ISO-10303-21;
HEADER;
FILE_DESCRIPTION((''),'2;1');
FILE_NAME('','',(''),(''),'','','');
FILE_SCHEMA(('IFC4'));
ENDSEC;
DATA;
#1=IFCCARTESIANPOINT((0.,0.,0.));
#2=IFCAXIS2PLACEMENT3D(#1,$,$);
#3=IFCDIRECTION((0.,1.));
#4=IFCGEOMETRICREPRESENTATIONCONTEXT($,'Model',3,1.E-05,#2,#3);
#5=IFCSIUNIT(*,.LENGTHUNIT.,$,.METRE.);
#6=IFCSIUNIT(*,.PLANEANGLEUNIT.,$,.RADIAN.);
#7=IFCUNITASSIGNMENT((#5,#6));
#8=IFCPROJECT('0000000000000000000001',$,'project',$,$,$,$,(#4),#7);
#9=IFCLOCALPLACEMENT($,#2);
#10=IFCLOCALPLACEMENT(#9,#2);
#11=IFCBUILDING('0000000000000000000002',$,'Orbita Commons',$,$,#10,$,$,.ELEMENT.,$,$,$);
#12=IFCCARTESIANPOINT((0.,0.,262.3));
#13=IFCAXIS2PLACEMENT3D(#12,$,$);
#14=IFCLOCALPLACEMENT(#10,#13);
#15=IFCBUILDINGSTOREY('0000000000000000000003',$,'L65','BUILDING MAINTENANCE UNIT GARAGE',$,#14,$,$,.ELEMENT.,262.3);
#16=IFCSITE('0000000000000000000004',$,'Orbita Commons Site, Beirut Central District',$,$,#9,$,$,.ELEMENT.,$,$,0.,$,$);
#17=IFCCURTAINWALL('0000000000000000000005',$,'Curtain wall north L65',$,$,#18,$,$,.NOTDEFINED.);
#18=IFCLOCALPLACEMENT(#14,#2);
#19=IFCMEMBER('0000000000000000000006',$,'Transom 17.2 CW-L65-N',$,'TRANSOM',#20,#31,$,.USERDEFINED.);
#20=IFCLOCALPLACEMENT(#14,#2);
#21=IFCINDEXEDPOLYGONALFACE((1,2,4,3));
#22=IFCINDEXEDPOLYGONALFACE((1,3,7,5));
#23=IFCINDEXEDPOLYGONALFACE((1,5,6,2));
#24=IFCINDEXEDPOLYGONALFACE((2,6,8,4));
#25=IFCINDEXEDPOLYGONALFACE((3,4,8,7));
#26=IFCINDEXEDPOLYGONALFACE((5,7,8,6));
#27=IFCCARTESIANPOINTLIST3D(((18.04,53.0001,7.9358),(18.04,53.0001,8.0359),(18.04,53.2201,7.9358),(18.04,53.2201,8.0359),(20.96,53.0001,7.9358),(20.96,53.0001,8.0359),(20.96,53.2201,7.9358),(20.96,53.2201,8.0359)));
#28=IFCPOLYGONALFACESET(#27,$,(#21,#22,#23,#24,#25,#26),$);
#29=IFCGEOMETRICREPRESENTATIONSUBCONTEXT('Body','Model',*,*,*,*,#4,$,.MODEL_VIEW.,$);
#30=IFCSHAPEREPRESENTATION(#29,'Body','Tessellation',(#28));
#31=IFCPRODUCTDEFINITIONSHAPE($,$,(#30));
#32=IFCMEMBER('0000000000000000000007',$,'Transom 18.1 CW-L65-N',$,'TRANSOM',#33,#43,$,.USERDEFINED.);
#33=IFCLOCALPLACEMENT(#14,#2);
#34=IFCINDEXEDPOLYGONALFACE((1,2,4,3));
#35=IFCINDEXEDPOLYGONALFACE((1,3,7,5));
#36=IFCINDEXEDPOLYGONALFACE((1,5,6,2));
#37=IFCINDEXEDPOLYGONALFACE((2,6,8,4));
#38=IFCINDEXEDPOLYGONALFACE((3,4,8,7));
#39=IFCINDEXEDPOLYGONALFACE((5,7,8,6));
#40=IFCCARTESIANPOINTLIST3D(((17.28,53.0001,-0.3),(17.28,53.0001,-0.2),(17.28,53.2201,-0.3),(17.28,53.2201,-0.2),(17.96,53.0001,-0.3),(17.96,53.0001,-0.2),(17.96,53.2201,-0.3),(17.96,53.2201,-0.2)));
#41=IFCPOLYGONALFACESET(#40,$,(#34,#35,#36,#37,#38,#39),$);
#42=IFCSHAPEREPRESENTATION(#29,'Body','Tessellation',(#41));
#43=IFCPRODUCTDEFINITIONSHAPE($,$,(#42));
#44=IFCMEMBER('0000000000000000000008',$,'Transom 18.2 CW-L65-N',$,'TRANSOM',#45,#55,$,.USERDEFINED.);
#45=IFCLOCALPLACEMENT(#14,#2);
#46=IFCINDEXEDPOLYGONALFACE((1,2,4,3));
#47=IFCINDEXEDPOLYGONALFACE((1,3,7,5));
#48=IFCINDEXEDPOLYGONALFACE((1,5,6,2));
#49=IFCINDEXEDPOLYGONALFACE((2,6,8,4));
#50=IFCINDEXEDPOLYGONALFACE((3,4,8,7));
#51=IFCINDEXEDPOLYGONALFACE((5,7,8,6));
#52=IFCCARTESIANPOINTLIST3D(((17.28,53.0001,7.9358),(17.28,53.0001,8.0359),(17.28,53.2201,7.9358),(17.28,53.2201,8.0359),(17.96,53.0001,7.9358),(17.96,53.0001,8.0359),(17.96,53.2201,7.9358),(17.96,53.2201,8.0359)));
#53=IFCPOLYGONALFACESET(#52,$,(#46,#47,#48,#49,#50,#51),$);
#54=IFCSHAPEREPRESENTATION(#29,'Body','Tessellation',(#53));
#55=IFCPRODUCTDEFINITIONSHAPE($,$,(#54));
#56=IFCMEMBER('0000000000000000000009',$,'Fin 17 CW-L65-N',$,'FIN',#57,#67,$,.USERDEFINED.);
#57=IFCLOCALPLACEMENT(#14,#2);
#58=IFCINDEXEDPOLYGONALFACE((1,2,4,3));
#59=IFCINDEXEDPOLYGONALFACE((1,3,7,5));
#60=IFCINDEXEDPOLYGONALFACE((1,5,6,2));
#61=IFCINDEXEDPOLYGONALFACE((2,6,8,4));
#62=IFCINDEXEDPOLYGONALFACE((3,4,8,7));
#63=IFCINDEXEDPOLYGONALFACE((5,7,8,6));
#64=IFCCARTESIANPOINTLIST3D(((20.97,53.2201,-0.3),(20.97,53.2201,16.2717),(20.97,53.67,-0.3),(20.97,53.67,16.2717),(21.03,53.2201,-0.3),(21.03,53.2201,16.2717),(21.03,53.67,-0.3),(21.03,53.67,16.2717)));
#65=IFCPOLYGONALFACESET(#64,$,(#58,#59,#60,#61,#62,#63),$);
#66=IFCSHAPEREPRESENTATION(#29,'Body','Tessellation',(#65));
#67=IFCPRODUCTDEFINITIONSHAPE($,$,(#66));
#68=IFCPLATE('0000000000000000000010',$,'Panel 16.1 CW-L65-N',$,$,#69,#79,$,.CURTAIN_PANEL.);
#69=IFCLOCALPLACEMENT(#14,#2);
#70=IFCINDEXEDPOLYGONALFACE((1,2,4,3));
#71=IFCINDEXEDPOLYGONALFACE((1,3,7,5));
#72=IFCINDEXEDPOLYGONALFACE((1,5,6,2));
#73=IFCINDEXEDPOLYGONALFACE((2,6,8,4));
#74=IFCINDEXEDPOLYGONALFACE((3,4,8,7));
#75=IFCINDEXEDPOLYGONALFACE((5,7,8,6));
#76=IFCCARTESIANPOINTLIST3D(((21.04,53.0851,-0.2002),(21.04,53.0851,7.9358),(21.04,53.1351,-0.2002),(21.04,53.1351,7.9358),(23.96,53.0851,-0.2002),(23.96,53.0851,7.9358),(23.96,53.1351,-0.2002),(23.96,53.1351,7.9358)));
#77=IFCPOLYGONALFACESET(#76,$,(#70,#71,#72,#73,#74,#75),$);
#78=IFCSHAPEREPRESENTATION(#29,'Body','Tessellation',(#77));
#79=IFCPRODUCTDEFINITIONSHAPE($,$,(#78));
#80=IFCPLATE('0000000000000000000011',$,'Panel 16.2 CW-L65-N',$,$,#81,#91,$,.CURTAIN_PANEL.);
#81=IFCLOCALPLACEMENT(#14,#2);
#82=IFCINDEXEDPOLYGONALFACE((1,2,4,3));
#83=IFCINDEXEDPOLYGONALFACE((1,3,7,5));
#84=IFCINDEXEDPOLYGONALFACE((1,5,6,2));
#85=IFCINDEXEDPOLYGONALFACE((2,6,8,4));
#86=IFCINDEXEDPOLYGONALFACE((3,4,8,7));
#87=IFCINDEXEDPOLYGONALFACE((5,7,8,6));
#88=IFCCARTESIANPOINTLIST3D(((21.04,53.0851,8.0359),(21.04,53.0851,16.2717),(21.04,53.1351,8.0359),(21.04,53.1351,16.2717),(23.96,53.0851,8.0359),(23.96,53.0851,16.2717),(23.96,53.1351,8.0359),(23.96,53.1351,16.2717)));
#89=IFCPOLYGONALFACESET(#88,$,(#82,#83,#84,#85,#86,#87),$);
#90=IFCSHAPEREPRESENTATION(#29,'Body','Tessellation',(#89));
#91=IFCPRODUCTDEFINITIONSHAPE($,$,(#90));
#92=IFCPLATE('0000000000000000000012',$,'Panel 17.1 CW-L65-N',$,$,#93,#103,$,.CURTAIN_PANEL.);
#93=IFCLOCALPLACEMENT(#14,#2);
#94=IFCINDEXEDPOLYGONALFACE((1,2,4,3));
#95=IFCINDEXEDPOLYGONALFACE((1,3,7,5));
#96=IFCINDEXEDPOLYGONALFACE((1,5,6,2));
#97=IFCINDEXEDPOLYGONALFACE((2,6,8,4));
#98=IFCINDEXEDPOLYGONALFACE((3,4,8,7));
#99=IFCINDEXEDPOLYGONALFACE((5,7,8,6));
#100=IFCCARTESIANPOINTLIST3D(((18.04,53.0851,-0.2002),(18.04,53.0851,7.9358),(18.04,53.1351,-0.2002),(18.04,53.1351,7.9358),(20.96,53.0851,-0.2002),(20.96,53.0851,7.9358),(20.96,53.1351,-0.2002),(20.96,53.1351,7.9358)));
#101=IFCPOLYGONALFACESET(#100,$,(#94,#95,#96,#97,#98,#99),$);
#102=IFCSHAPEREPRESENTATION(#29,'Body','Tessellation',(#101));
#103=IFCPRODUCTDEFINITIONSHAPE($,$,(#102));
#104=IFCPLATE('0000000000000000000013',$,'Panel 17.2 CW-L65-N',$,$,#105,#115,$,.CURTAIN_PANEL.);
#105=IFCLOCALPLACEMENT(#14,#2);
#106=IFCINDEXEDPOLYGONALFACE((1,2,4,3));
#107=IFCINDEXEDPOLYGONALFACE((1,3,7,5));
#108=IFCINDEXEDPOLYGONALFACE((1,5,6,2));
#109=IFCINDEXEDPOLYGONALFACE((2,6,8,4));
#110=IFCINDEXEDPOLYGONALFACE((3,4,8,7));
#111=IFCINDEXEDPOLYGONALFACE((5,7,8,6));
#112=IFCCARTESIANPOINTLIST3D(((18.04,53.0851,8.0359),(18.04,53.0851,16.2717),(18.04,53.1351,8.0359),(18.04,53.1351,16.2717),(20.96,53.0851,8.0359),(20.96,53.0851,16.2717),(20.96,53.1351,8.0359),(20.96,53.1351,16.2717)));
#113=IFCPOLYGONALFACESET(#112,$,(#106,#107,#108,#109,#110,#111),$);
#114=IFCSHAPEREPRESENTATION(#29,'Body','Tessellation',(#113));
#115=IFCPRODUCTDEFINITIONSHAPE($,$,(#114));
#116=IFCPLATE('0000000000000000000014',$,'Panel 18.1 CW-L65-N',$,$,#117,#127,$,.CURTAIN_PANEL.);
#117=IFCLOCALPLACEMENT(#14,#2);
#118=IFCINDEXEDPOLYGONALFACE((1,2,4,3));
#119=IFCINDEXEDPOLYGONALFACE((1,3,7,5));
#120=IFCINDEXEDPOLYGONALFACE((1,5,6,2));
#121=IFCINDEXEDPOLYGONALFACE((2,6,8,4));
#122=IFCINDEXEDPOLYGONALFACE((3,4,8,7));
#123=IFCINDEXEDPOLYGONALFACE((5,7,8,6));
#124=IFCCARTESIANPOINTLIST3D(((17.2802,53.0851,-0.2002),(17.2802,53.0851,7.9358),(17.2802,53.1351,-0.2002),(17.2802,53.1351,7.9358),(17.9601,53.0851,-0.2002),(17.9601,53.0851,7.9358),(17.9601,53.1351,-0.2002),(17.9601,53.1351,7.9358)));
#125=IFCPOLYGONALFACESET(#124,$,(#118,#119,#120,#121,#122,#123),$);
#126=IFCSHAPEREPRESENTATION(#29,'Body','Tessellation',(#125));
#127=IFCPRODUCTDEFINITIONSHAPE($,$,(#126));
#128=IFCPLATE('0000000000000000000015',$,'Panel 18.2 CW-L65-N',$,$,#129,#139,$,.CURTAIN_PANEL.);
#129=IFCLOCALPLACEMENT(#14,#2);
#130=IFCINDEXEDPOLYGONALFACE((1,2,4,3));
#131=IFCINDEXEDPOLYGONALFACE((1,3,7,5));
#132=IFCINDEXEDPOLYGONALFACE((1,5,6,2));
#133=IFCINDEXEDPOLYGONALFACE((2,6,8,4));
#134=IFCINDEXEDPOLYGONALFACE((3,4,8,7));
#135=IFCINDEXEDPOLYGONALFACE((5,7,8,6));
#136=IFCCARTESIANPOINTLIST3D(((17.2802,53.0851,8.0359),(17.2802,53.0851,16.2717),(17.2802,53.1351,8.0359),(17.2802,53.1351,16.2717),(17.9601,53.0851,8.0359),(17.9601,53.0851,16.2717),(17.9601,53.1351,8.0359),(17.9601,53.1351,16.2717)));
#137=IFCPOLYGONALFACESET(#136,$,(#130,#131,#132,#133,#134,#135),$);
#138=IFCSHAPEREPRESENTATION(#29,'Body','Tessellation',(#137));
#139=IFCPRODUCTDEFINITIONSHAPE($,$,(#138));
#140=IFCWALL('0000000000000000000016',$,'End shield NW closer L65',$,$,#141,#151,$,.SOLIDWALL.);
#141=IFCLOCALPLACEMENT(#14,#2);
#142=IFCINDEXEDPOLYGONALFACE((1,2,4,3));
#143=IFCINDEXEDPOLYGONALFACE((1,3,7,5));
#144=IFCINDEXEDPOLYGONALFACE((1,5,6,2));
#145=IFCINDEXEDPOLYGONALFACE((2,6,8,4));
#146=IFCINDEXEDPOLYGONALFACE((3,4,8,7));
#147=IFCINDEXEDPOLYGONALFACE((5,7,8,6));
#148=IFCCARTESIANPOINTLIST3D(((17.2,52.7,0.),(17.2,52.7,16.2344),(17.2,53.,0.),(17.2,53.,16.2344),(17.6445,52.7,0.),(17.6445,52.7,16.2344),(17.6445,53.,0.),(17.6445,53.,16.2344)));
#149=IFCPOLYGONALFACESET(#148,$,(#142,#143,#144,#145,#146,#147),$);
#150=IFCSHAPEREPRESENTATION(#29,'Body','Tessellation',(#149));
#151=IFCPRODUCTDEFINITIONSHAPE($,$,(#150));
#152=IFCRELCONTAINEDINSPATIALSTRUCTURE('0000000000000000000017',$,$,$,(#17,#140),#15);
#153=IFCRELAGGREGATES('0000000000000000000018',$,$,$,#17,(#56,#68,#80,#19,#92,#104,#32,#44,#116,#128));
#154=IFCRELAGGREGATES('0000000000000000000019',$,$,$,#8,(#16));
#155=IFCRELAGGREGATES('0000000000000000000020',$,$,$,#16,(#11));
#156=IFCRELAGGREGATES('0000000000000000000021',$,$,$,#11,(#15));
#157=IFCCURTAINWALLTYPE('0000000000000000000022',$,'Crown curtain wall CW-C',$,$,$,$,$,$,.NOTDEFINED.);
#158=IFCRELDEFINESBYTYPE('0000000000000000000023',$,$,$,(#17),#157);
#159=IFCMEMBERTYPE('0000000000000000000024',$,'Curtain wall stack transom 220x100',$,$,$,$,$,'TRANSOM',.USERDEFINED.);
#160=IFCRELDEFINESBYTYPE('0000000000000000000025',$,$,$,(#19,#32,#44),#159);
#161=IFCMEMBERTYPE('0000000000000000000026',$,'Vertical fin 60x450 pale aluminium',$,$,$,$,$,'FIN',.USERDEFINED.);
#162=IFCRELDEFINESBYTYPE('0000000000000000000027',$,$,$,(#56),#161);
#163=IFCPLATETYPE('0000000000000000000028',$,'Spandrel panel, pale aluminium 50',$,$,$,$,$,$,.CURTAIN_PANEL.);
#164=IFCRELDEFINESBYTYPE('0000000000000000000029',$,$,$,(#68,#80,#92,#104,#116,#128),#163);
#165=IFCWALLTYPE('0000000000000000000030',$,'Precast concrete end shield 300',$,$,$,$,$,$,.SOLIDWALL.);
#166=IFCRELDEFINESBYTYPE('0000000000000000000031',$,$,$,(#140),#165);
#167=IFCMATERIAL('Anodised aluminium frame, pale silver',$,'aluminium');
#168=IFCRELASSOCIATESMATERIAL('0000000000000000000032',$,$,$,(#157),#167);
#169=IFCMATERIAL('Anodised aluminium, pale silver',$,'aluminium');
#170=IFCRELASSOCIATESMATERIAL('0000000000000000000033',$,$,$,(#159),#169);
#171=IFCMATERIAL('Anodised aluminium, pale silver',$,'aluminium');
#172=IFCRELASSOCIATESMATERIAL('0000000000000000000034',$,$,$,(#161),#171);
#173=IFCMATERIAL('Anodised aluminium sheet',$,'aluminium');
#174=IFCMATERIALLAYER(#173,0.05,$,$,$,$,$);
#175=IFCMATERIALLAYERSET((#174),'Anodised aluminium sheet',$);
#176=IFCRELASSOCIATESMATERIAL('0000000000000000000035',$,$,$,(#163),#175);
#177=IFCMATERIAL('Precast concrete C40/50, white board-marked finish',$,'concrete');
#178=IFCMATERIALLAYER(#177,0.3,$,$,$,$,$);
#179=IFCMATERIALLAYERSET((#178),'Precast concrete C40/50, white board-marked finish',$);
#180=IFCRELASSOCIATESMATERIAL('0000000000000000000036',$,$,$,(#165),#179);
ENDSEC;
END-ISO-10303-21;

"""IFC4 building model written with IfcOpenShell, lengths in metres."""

from ifc_helpers import new_model, si_unit, direction, frame, origin, origin_2d, place, context, subcontext, project, spatial, polyline, rectangle, outline, extrude, material, layer, layer_set, material_profile, profile_set, type_object, element, aggregate, save


model = new_model("IFC4")

# Units and contexts
model_context = context("Model", 3, precision=1e-05, world=origin(), true_north=direction((0.0, 1.0)))
body_context = subcontext(model_context, "Body", "Model", "MODEL_VIEW")
ifc_project = project(units=[si_unit("LENGTHUNIT", "METRE"), si_unit("PLANEANGLEUNIT", "RADIAN")], contexts=[model_context])

# Site, building, storey
site_placement = place(None, origin())
site = spatial("IfcSite", under=ifc_project, at=site_placement, Name="Orbita Commons Site, Beirut Central District", CompositionType="ELEMENT", RefElevation=0.0)
building_placement = place(site_placement, origin())
building = spatial("IfcBuilding", under=site, at=building_placement, Name="Orbita Commons", CompositionType="ELEMENT")
storey_placement = place(building_placement, frame((0.0, 0.0, 262.3)))
storey = spatial("IfcBuildingStorey", under=building, at=storey_placement, Name="L65", Description="BUILDING MAINTENANCE UNIT GARAGE", CompositionType="ELEMENT", Elevation=262.3)

# Curtain wall, members, plates
ifc_material_1 = material(Name="Anodised aluminium frame, pale silver", Category="aluminium")
curtain_wall_type = type_object("IfcCurtainWallType", Name="Crown curtain wall CW-C", PredefinedType="NOTDEFINED", material=ifc_material_1)
curtain_wall_placement = place(storey_placement, origin())
curtain_wall = element("IfcCurtainWall", 1, at=curtain_wall_placement, inside=storey, type_object=curtain_wall_type, Name="Curtain wall north L65", PredefinedType="NOTDEFINED")
ifc_material_2 = material(Name="Anodised aluminium, pale silver", Category="aluminium")
ifc_material_profile_1 = material_profile(ifc_material_2, rectangle(XDim=0.22, YDim=0.1001, at=origin_2d()), Name="AL 220x100")
ifc_profile_set_1 = profile_set([ifc_material_profile_1], Name="Anodised aluminium, pale silver")
member_type_1 = type_object("IfcMemberType", Name="Curtain wall stack transom 220x100", ElementType="TRANSOM", PredefinedType="USERDEFINED", material=ifc_profile_set_1)
member_1_placement = place(storey_placement, frame((20.96, 53.1101, 7.9858), z_axis=(-1.0, 0.0, 0.0), x_axis=(0.0, -1.0, 0.0)))
member_1 = element("IfcMember", 2, at=member_1_placement, type_object=member_type_1, Name="Transom 17.2 CW-L65-N", ObjectType="TRANSOM", PredefinedType="USERDEFINED", context=body_context, shape_type="SweptSolid", body=[
    extrude(rectangle(XDim=0.22, YDim=0.1001, at=origin_2d()), origin(), (0.0, 0.0, 1.0), 2.9199),
])
member_2_placement = place(storey_placement, frame((17.96, 53.1101, -0.25), z_axis=(-1.0, 0.0, 0.0), x_axis=(0.0, -1.0, 0.0)))
member_2 = element("IfcMember", 3, at=member_2_placement, type_object=member_type_1, Name="Transom 18.1 CW-L65-N", ObjectType="TRANSOM", PredefinedType="USERDEFINED", context=body_context, shape_type="SweptSolid", body=[
    extrude(rectangle(XDim=0.22, YDim=0.1001, at=origin_2d()), origin(), (0.0, 0.0, 1.0), 0.6799),
])
member_3_placement = place(storey_placement, frame((17.96, 53.1101, 7.9858), z_axis=(-1.0, 0.0, 0.0), x_axis=(0.0, -1.0, 0.0)))
member_3 = element("IfcMember", 4, at=member_3_placement, type_object=member_type_1, Name="Transom 18.2 CW-L65-N", ObjectType="TRANSOM", PredefinedType="USERDEFINED", context=body_context, shape_type="SweptSolid", body=[
    extrude(rectangle(XDim=0.22, YDim=0.1001, at=origin_2d()), origin(), (0.0, 0.0, 1.0), 0.6799),
])
ifc_material_3 = material(Name="Anodised aluminium, pale silver", Category="aluminium")
ifc_material_profile_2 = material_profile(ifc_material_3, rectangle(XDim=0.0601, YDim=0.45, at=origin_2d()), Name="FIN 60x450")
ifc_profile_set_2 = profile_set([ifc_material_profile_2], Name="Anodised aluminium, pale silver")
member_type_2 = type_object("IfcMemberType", Name="Vertical fin 60x450 pale aluminium", ElementType="FIN", PredefinedType="USERDEFINED", material=ifc_profile_set_2)
member_4_placement = place(storey_placement, frame((21.0, 53.4451, -0.3), z_axis=(0.0, 0.0, 1.0), x_axis=(-1.0, 0.0, 0.0)))
member_4 = element("IfcMember", 5, at=member_4_placement, type_object=member_type_2, Name="Fin 17 CW-L65-N", ObjectType="FIN", PredefinedType="USERDEFINED", context=body_context, shape_type="SweptSolid", body=[
    extrude(rectangle(XDim=0.0601, YDim=0.45, at=origin_2d()), origin(), (0.0, 0.0, 1.0), 16.5718),
])
ifc_material_4 = material(Name="Anodised aluminium sheet", Category="aluminium")
ifc_layer_1 = layer(ifc_material_4, 0.05)
ifc_layer_set_1 = layer_set([ifc_layer_1], Name="Anodised aluminium sheet")
plate_type = type_object("IfcPlateType", Name="Spandrel panel, pale aluminium 50", PredefinedType="CURTAIN_PANEL", material=ifc_layer_set_1)
plate_1_placement = place(storey_placement, frame((22.5, 53.1101, -0.2002), z_axis=(0.0, 0.0, 1.0), x_axis=(-1.0, 0.0, 0.0)))
plate_1 = element("IfcPlate", 6, at=plate_1_placement, type_object=plate_type, Name="Panel 16.1 CW-L65-N", PredefinedType="CURTAIN_PANEL", context=body_context, shape_type="SweptSolid", body=[
    extrude(rectangle(XDim=2.9199, YDim=0.05, at=origin_2d()), origin(), (0.0, 0.0, 1.0), 8.136),
])
plate_2_placement = place(storey_placement, frame((22.5, 53.1101, 8.0359), z_axis=(0.0, 0.0, 1.0), x_axis=(-1.0, 0.0, 0.0)))
plate_2 = element("IfcPlate", 7, at=plate_2_placement, type_object=plate_type, Name="Panel 16.2 CW-L65-N", PredefinedType="CURTAIN_PANEL", context=body_context, shape_type="SweptSolid", body=[
    extrude(rectangle(XDim=2.9199, YDim=0.05, at=origin_2d()), origin(), (0.0, 0.0, 1.0), 8.2358),
])
plate_3_placement = place(storey_placement, frame((19.5, 53.1101, -0.2002), z_axis=(0.0, 0.0, 1.0), x_axis=(-1.0, 0.0, 0.0)))
plate_3 = element("IfcPlate", 8, at=plate_3_placement, type_object=plate_type, Name="Panel 17.1 CW-L65-N", PredefinedType="CURTAIN_PANEL", context=body_context, shape_type="SweptSolid", body=[
    extrude(rectangle(XDim=2.9199, YDim=0.05, at=origin_2d()), origin(), (0.0, 0.0, 1.0), 8.136),
])
plate_4_placement = place(storey_placement, frame((19.5, 53.1101, 8.0359), z_axis=(0.0, 0.0, 1.0), x_axis=(-1.0, 0.0, 0.0)))
plate_4 = element("IfcPlate", 9, at=plate_4_placement, type_object=plate_type, Name="Panel 17.2 CW-L65-N", PredefinedType="CURTAIN_PANEL", context=body_context, shape_type="SweptSolid", body=[
    extrude(rectangle(XDim=2.9199, YDim=0.05, at=origin_2d()), origin(), (0.0, 0.0, 1.0), 8.2358),
])
plate_5_placement = place(storey_placement, frame((17.6201, 53.1101, -0.2002), z_axis=(0.0, 0.0, 1.0), x_axis=(-1.0, 0.0, 0.0)))
plate_5 = element("IfcPlate", 10, at=plate_5_placement, type_object=plate_type, Name="Panel 18.1 CW-L65-N", PredefinedType="CURTAIN_PANEL", context=body_context, shape_type="SweptSolid", body=[
    extrude(rectangle(XDim=0.6799, YDim=0.05, at=origin_2d()), origin(), (0.0, 0.0, 1.0), 8.136),
])
plate_6_placement = place(storey_placement, frame((17.6201, 53.1101, 8.0359), z_axis=(0.0, 0.0, 1.0), x_axis=(-1.0, 0.0, 0.0)))
plate_6 = element("IfcPlate", 11, at=plate_6_placement, type_object=plate_type, Name="Panel 18.2 CW-L65-N", PredefinedType="CURTAIN_PANEL", context=body_context, shape_type="SweptSolid", body=[
    extrude(rectangle(XDim=0.6799, YDim=0.05, at=origin_2d()), origin(), (0.0, 0.0, 1.0), 8.2358),
])
aggregate(curtain_wall, [member_4, plate_1, plate_2, member_1, plate_3, plate_4, member_2, member_3, plate_5, plate_6])

# Wall
ifc_material_5 = material(Name="Precast concrete C40/50, white board-marked finish", Category="concrete")
ifc_layer_2 = layer(ifc_material_5, 0.3)
ifc_layer_set_2 = layer_set([ifc_layer_2], Name="Precast concrete C40/50, white board-marked finish")
wall_type = type_object("IfcWallType", Name="Precast concrete end shield 300", PredefinedType="SOLIDWALL", material=ifc_layer_set_2)
wall_1_placement = place(storey_placement, frame((17.2, 52.8501, 0.0), z_axis=(0.0, 0.0, 1.0), x_axis=(1.0, 0.0, 0.0)))
element("IfcWall", 12, at=wall_1_placement, inside=storey, type_object=wall_type, Name="End shield NW closer L65", PredefinedType="SOLIDWALL", context=body_context, shape_type="SweptSolid", body=[
    extrude(outline(polyline([(0.0, 0.0), (0.4446, 0.0), (0.4446, 16.2344), (0.0, 16.2344), (0.0, 0.0)])), frame((0.0, 0.1499, 0.0), z_axis=(0.0, -1.0, 0.0), x_axis=(1.0, 0.0, 0.0)), (0.0, 0.0, 1.0), 0.3),
])

save(model, "model.ifc")
